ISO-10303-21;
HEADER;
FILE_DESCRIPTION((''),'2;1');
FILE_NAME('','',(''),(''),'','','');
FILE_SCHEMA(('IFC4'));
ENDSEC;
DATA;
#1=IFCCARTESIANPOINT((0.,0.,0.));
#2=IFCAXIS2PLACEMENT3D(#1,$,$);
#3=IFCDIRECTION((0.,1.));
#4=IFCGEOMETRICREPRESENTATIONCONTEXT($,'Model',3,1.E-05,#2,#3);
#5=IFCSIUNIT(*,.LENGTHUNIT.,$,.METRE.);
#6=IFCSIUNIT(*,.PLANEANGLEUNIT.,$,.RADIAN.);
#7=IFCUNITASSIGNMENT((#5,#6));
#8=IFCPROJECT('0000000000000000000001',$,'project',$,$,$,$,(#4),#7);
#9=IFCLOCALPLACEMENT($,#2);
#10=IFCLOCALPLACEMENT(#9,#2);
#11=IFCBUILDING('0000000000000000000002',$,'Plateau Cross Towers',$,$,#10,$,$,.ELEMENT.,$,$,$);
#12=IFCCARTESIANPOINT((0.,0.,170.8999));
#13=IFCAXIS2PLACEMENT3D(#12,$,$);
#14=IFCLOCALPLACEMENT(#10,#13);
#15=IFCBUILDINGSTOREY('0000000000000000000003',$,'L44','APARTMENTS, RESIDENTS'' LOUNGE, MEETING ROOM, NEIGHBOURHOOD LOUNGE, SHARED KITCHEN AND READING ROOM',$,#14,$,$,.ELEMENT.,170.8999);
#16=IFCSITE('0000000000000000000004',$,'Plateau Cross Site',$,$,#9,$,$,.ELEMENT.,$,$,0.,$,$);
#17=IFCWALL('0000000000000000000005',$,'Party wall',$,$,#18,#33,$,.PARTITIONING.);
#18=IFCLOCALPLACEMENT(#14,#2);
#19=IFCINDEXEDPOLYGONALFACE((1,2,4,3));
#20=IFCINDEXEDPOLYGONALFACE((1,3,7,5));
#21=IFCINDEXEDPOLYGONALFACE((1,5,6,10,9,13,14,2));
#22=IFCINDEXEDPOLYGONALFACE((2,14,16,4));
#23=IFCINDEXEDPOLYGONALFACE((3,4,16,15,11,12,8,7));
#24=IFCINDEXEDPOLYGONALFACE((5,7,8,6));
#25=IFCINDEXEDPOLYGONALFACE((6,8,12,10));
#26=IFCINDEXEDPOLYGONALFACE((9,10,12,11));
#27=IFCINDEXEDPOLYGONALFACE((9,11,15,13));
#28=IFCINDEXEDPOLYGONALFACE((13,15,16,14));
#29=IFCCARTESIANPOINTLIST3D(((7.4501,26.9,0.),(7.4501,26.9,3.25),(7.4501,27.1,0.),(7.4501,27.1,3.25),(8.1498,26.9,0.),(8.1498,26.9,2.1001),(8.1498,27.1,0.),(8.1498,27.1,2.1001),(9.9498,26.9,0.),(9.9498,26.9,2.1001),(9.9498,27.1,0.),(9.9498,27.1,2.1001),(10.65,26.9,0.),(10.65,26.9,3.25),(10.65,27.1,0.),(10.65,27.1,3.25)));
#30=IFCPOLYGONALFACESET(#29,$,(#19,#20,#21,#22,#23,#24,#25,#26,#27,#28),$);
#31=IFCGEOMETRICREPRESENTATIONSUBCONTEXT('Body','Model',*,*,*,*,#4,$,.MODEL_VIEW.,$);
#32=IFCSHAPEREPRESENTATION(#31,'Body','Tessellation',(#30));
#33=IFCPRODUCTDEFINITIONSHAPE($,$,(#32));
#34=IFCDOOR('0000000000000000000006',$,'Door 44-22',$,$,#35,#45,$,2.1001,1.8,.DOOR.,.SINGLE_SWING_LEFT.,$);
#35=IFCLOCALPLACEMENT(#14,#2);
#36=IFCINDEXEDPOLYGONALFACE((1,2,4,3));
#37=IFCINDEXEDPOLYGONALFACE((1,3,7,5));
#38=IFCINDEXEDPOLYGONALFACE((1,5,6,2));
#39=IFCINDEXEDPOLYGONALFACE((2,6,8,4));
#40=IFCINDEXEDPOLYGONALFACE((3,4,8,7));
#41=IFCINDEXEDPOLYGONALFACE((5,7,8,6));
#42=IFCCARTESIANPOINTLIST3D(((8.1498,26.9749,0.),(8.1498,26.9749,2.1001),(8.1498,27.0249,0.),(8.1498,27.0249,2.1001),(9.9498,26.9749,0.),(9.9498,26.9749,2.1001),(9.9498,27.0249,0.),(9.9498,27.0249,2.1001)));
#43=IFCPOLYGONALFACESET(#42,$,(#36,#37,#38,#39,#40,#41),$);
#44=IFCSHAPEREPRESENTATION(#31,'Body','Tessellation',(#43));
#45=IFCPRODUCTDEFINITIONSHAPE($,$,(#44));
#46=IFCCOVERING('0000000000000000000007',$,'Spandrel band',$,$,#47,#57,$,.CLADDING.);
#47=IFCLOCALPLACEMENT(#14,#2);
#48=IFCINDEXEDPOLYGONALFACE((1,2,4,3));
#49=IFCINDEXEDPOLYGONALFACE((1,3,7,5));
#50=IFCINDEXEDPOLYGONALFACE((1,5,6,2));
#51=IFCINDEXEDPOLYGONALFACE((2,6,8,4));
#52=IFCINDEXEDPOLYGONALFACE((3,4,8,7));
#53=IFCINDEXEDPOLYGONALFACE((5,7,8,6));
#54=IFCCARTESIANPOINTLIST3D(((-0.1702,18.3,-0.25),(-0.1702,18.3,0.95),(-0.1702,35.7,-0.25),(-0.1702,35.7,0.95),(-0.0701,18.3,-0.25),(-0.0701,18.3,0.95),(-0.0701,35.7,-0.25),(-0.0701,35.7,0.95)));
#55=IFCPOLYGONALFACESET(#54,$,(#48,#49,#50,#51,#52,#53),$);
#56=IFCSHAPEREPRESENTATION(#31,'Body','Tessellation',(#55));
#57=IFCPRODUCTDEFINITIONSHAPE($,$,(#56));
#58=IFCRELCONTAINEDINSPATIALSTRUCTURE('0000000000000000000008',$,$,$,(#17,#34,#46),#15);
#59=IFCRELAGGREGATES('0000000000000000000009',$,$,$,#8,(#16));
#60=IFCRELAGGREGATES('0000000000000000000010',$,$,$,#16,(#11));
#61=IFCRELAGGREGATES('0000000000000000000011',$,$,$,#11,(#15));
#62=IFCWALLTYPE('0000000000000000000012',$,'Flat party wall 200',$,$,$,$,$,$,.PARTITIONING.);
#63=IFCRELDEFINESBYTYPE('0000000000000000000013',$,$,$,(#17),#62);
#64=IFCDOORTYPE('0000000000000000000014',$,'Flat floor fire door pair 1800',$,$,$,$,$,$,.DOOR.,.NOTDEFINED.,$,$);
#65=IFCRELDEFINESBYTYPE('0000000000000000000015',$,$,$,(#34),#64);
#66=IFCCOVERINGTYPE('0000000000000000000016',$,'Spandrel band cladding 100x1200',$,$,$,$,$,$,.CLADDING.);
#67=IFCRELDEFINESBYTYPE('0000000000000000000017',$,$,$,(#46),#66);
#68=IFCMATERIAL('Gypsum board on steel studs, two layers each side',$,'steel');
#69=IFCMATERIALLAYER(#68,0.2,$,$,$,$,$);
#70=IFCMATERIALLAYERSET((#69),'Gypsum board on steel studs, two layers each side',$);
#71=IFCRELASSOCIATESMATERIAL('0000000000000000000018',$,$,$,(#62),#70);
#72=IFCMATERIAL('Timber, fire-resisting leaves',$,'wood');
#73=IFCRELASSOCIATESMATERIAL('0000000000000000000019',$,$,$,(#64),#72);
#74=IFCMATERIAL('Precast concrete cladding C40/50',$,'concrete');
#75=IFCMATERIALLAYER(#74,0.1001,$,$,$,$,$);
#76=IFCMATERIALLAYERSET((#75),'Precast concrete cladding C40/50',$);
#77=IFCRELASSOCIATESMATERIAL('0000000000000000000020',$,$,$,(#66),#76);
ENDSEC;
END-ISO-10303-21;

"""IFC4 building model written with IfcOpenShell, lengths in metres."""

from ifc_helpers import new_model, si_unit, direction, frame, frame_2d, origin, origin_2d, place, context, subcontext, project, spatial, rectangle, extrude, material, layer, layer_set, type_object, element, fill, save


model = new_model("IFC4")

# Units and contexts
model_context = context("Model", 3, precision=1e-05, world=origin(), true_north=direction((0.0, 1.0)))
body_context = subcontext(model_context, "Body", "Model", "MODEL_VIEW")
ifc_project = project(units=[si_unit("LENGTHUNIT", "METRE"), si_unit("PLANEANGLEUNIT", "RADIAN")], contexts=[model_context])

# Site, building, storey
site_placement = place(None, origin())
site = spatial("IfcSite", under=ifc_project, at=site_placement, Name="Plateau Cross Site", CompositionType="ELEMENT", RefElevation=0.0)
building_placement = place(site_placement, origin())
building = spatial("IfcBuilding", under=site, at=building_placement, Name="Plateau Cross Towers", CompositionType="ELEMENT")
storey_placement = place(building_placement, frame((0.0, 0.0, 170.8999)))
storey = spatial("IfcBuildingStorey", under=building, at=storey_placement, Name="L44", Description="APARTMENTS, RESIDENTS' LOUNGE, MEETING ROOM, NEIGHBOURHOOD LOUNGE, SHARED KITCHEN AND READING ROOM", CompositionType="ELEMENT", Elevation=170.8999)

# Shared definitions
ifc_material_1 = material(Name="Gypsum board on steel studs, two layers each side", Category="steel")
ifc_layer_1 = layer(ifc_material_1, 0.2)
ifc_layer_set_1 = layer_set([ifc_layer_1], Name="Gypsum board on steel studs, two layers each side")
wall_type_1 = type_object("IfcWallType", Name="Flat party wall 200", PredefinedType="PARTITIONING", material=ifc_layer_set_1)

# Wall, opening, door
wall_1_placement = place(storey_placement, frame((7.45, 27.0, 0.0), z_axis=(0.0, 0.0, 1.0), x_axis=(1.0, 0.0, 0.0)))
wall_1 = element("IfcWall", 1, at=wall_1_placement, inside=storey, type_object=wall_type_1, Name="Party wall", PredefinedType="PARTITIONING", context=body_context, shape_type="SweptSolid", body=[
    extrude(rectangle(XDim=3.2, YDim=0.2, at=frame_2d((1.6001, 0.0))), origin(), (0.0, 0.0, 1.0), 3.25),
])
opening_1_placement = place(wall_1_placement, frame((0.7, 0.0, 0.0)))
opening_1 = element("IfcOpeningElement", 2, at=opening_1_placement, cuts=wall_1, PredefinedType="OPENING", context=body_context, shape_type="SweptSolid", body=[
    extrude(rectangle(XDim=1.8, YDim=2.1001, at=frame_2d((0.8999, 1.05))), frame((0.0, 0.1099, 0.0), z_axis=(0.0, -1.0, 0.0), x_axis=(1.0, 0.0, 0.0)), (0.0, 0.0, 1.0), 0.22),
])
ifc_material_2 = material(Name="Timber, fire-resisting leaves", Category="wood")
door_type_1 = type_object("IfcDoorType", Name="Flat floor fire door pair 1800", OperationType="NOTDEFINED", PredefinedType="DOOR", material=ifc_material_2)
door_1_placement = place(opening_1_placement, origin())
door_1 = element("IfcDoor", 3, at=door_1_placement, inside=storey, type_object=door_type_1, Name="Door 44-22", OperationType="SINGLE_SWING_LEFT", OverallHeight=2.1001, OverallWidth=1.8, PredefinedType="DOOR", context=body_context, shape_type="SweptSolid", body=[
    extrude(rectangle(XDim=1.8, YDim=2.1001, at=frame_2d((0.8999, 1.05))), frame((0.0, 0.0249, 0.0), z_axis=(0.0, -1.0, 0.0), x_axis=(1.0, 0.0, 0.0)), (0.0, 0.0, 1.0), 0.05),
])
fill(opening_1, door_1)

# Covering
ifc_material_3 = material(Name="Precast concrete cladding C40/50", Category="concrete")
ifc_layer_2 = layer(ifc_material_3, 0.1001)
ifc_layer_set_2 = layer_set([ifc_layer_2], Name="Precast concrete cladding C40/50")
covering_type = type_object("IfcCoveringType", Name="Spandrel band cladding 100x1200", PredefinedType="CLADDING", material=ifc_layer_set_2)
covering_placement = place(storey_placement, frame((-0.1201, 27.0, -0.25), z_axis=(0.0, 0.0, 1.0), x_axis=(0.0, -1.0, 0.0)))
element("IfcCovering", 4, at=covering_placement, inside=storey, type_object=covering_type, Name="Spandrel band", PredefinedType="CLADDING", context=body_context, shape_type="SweptSolid", body=[
    extrude(rectangle(XDim=17.3999, YDim=0.1001, at=origin_2d()), origin(), (0.0, 0.0, 1.0), 1.2),
])

save(model, "model.ifc")
